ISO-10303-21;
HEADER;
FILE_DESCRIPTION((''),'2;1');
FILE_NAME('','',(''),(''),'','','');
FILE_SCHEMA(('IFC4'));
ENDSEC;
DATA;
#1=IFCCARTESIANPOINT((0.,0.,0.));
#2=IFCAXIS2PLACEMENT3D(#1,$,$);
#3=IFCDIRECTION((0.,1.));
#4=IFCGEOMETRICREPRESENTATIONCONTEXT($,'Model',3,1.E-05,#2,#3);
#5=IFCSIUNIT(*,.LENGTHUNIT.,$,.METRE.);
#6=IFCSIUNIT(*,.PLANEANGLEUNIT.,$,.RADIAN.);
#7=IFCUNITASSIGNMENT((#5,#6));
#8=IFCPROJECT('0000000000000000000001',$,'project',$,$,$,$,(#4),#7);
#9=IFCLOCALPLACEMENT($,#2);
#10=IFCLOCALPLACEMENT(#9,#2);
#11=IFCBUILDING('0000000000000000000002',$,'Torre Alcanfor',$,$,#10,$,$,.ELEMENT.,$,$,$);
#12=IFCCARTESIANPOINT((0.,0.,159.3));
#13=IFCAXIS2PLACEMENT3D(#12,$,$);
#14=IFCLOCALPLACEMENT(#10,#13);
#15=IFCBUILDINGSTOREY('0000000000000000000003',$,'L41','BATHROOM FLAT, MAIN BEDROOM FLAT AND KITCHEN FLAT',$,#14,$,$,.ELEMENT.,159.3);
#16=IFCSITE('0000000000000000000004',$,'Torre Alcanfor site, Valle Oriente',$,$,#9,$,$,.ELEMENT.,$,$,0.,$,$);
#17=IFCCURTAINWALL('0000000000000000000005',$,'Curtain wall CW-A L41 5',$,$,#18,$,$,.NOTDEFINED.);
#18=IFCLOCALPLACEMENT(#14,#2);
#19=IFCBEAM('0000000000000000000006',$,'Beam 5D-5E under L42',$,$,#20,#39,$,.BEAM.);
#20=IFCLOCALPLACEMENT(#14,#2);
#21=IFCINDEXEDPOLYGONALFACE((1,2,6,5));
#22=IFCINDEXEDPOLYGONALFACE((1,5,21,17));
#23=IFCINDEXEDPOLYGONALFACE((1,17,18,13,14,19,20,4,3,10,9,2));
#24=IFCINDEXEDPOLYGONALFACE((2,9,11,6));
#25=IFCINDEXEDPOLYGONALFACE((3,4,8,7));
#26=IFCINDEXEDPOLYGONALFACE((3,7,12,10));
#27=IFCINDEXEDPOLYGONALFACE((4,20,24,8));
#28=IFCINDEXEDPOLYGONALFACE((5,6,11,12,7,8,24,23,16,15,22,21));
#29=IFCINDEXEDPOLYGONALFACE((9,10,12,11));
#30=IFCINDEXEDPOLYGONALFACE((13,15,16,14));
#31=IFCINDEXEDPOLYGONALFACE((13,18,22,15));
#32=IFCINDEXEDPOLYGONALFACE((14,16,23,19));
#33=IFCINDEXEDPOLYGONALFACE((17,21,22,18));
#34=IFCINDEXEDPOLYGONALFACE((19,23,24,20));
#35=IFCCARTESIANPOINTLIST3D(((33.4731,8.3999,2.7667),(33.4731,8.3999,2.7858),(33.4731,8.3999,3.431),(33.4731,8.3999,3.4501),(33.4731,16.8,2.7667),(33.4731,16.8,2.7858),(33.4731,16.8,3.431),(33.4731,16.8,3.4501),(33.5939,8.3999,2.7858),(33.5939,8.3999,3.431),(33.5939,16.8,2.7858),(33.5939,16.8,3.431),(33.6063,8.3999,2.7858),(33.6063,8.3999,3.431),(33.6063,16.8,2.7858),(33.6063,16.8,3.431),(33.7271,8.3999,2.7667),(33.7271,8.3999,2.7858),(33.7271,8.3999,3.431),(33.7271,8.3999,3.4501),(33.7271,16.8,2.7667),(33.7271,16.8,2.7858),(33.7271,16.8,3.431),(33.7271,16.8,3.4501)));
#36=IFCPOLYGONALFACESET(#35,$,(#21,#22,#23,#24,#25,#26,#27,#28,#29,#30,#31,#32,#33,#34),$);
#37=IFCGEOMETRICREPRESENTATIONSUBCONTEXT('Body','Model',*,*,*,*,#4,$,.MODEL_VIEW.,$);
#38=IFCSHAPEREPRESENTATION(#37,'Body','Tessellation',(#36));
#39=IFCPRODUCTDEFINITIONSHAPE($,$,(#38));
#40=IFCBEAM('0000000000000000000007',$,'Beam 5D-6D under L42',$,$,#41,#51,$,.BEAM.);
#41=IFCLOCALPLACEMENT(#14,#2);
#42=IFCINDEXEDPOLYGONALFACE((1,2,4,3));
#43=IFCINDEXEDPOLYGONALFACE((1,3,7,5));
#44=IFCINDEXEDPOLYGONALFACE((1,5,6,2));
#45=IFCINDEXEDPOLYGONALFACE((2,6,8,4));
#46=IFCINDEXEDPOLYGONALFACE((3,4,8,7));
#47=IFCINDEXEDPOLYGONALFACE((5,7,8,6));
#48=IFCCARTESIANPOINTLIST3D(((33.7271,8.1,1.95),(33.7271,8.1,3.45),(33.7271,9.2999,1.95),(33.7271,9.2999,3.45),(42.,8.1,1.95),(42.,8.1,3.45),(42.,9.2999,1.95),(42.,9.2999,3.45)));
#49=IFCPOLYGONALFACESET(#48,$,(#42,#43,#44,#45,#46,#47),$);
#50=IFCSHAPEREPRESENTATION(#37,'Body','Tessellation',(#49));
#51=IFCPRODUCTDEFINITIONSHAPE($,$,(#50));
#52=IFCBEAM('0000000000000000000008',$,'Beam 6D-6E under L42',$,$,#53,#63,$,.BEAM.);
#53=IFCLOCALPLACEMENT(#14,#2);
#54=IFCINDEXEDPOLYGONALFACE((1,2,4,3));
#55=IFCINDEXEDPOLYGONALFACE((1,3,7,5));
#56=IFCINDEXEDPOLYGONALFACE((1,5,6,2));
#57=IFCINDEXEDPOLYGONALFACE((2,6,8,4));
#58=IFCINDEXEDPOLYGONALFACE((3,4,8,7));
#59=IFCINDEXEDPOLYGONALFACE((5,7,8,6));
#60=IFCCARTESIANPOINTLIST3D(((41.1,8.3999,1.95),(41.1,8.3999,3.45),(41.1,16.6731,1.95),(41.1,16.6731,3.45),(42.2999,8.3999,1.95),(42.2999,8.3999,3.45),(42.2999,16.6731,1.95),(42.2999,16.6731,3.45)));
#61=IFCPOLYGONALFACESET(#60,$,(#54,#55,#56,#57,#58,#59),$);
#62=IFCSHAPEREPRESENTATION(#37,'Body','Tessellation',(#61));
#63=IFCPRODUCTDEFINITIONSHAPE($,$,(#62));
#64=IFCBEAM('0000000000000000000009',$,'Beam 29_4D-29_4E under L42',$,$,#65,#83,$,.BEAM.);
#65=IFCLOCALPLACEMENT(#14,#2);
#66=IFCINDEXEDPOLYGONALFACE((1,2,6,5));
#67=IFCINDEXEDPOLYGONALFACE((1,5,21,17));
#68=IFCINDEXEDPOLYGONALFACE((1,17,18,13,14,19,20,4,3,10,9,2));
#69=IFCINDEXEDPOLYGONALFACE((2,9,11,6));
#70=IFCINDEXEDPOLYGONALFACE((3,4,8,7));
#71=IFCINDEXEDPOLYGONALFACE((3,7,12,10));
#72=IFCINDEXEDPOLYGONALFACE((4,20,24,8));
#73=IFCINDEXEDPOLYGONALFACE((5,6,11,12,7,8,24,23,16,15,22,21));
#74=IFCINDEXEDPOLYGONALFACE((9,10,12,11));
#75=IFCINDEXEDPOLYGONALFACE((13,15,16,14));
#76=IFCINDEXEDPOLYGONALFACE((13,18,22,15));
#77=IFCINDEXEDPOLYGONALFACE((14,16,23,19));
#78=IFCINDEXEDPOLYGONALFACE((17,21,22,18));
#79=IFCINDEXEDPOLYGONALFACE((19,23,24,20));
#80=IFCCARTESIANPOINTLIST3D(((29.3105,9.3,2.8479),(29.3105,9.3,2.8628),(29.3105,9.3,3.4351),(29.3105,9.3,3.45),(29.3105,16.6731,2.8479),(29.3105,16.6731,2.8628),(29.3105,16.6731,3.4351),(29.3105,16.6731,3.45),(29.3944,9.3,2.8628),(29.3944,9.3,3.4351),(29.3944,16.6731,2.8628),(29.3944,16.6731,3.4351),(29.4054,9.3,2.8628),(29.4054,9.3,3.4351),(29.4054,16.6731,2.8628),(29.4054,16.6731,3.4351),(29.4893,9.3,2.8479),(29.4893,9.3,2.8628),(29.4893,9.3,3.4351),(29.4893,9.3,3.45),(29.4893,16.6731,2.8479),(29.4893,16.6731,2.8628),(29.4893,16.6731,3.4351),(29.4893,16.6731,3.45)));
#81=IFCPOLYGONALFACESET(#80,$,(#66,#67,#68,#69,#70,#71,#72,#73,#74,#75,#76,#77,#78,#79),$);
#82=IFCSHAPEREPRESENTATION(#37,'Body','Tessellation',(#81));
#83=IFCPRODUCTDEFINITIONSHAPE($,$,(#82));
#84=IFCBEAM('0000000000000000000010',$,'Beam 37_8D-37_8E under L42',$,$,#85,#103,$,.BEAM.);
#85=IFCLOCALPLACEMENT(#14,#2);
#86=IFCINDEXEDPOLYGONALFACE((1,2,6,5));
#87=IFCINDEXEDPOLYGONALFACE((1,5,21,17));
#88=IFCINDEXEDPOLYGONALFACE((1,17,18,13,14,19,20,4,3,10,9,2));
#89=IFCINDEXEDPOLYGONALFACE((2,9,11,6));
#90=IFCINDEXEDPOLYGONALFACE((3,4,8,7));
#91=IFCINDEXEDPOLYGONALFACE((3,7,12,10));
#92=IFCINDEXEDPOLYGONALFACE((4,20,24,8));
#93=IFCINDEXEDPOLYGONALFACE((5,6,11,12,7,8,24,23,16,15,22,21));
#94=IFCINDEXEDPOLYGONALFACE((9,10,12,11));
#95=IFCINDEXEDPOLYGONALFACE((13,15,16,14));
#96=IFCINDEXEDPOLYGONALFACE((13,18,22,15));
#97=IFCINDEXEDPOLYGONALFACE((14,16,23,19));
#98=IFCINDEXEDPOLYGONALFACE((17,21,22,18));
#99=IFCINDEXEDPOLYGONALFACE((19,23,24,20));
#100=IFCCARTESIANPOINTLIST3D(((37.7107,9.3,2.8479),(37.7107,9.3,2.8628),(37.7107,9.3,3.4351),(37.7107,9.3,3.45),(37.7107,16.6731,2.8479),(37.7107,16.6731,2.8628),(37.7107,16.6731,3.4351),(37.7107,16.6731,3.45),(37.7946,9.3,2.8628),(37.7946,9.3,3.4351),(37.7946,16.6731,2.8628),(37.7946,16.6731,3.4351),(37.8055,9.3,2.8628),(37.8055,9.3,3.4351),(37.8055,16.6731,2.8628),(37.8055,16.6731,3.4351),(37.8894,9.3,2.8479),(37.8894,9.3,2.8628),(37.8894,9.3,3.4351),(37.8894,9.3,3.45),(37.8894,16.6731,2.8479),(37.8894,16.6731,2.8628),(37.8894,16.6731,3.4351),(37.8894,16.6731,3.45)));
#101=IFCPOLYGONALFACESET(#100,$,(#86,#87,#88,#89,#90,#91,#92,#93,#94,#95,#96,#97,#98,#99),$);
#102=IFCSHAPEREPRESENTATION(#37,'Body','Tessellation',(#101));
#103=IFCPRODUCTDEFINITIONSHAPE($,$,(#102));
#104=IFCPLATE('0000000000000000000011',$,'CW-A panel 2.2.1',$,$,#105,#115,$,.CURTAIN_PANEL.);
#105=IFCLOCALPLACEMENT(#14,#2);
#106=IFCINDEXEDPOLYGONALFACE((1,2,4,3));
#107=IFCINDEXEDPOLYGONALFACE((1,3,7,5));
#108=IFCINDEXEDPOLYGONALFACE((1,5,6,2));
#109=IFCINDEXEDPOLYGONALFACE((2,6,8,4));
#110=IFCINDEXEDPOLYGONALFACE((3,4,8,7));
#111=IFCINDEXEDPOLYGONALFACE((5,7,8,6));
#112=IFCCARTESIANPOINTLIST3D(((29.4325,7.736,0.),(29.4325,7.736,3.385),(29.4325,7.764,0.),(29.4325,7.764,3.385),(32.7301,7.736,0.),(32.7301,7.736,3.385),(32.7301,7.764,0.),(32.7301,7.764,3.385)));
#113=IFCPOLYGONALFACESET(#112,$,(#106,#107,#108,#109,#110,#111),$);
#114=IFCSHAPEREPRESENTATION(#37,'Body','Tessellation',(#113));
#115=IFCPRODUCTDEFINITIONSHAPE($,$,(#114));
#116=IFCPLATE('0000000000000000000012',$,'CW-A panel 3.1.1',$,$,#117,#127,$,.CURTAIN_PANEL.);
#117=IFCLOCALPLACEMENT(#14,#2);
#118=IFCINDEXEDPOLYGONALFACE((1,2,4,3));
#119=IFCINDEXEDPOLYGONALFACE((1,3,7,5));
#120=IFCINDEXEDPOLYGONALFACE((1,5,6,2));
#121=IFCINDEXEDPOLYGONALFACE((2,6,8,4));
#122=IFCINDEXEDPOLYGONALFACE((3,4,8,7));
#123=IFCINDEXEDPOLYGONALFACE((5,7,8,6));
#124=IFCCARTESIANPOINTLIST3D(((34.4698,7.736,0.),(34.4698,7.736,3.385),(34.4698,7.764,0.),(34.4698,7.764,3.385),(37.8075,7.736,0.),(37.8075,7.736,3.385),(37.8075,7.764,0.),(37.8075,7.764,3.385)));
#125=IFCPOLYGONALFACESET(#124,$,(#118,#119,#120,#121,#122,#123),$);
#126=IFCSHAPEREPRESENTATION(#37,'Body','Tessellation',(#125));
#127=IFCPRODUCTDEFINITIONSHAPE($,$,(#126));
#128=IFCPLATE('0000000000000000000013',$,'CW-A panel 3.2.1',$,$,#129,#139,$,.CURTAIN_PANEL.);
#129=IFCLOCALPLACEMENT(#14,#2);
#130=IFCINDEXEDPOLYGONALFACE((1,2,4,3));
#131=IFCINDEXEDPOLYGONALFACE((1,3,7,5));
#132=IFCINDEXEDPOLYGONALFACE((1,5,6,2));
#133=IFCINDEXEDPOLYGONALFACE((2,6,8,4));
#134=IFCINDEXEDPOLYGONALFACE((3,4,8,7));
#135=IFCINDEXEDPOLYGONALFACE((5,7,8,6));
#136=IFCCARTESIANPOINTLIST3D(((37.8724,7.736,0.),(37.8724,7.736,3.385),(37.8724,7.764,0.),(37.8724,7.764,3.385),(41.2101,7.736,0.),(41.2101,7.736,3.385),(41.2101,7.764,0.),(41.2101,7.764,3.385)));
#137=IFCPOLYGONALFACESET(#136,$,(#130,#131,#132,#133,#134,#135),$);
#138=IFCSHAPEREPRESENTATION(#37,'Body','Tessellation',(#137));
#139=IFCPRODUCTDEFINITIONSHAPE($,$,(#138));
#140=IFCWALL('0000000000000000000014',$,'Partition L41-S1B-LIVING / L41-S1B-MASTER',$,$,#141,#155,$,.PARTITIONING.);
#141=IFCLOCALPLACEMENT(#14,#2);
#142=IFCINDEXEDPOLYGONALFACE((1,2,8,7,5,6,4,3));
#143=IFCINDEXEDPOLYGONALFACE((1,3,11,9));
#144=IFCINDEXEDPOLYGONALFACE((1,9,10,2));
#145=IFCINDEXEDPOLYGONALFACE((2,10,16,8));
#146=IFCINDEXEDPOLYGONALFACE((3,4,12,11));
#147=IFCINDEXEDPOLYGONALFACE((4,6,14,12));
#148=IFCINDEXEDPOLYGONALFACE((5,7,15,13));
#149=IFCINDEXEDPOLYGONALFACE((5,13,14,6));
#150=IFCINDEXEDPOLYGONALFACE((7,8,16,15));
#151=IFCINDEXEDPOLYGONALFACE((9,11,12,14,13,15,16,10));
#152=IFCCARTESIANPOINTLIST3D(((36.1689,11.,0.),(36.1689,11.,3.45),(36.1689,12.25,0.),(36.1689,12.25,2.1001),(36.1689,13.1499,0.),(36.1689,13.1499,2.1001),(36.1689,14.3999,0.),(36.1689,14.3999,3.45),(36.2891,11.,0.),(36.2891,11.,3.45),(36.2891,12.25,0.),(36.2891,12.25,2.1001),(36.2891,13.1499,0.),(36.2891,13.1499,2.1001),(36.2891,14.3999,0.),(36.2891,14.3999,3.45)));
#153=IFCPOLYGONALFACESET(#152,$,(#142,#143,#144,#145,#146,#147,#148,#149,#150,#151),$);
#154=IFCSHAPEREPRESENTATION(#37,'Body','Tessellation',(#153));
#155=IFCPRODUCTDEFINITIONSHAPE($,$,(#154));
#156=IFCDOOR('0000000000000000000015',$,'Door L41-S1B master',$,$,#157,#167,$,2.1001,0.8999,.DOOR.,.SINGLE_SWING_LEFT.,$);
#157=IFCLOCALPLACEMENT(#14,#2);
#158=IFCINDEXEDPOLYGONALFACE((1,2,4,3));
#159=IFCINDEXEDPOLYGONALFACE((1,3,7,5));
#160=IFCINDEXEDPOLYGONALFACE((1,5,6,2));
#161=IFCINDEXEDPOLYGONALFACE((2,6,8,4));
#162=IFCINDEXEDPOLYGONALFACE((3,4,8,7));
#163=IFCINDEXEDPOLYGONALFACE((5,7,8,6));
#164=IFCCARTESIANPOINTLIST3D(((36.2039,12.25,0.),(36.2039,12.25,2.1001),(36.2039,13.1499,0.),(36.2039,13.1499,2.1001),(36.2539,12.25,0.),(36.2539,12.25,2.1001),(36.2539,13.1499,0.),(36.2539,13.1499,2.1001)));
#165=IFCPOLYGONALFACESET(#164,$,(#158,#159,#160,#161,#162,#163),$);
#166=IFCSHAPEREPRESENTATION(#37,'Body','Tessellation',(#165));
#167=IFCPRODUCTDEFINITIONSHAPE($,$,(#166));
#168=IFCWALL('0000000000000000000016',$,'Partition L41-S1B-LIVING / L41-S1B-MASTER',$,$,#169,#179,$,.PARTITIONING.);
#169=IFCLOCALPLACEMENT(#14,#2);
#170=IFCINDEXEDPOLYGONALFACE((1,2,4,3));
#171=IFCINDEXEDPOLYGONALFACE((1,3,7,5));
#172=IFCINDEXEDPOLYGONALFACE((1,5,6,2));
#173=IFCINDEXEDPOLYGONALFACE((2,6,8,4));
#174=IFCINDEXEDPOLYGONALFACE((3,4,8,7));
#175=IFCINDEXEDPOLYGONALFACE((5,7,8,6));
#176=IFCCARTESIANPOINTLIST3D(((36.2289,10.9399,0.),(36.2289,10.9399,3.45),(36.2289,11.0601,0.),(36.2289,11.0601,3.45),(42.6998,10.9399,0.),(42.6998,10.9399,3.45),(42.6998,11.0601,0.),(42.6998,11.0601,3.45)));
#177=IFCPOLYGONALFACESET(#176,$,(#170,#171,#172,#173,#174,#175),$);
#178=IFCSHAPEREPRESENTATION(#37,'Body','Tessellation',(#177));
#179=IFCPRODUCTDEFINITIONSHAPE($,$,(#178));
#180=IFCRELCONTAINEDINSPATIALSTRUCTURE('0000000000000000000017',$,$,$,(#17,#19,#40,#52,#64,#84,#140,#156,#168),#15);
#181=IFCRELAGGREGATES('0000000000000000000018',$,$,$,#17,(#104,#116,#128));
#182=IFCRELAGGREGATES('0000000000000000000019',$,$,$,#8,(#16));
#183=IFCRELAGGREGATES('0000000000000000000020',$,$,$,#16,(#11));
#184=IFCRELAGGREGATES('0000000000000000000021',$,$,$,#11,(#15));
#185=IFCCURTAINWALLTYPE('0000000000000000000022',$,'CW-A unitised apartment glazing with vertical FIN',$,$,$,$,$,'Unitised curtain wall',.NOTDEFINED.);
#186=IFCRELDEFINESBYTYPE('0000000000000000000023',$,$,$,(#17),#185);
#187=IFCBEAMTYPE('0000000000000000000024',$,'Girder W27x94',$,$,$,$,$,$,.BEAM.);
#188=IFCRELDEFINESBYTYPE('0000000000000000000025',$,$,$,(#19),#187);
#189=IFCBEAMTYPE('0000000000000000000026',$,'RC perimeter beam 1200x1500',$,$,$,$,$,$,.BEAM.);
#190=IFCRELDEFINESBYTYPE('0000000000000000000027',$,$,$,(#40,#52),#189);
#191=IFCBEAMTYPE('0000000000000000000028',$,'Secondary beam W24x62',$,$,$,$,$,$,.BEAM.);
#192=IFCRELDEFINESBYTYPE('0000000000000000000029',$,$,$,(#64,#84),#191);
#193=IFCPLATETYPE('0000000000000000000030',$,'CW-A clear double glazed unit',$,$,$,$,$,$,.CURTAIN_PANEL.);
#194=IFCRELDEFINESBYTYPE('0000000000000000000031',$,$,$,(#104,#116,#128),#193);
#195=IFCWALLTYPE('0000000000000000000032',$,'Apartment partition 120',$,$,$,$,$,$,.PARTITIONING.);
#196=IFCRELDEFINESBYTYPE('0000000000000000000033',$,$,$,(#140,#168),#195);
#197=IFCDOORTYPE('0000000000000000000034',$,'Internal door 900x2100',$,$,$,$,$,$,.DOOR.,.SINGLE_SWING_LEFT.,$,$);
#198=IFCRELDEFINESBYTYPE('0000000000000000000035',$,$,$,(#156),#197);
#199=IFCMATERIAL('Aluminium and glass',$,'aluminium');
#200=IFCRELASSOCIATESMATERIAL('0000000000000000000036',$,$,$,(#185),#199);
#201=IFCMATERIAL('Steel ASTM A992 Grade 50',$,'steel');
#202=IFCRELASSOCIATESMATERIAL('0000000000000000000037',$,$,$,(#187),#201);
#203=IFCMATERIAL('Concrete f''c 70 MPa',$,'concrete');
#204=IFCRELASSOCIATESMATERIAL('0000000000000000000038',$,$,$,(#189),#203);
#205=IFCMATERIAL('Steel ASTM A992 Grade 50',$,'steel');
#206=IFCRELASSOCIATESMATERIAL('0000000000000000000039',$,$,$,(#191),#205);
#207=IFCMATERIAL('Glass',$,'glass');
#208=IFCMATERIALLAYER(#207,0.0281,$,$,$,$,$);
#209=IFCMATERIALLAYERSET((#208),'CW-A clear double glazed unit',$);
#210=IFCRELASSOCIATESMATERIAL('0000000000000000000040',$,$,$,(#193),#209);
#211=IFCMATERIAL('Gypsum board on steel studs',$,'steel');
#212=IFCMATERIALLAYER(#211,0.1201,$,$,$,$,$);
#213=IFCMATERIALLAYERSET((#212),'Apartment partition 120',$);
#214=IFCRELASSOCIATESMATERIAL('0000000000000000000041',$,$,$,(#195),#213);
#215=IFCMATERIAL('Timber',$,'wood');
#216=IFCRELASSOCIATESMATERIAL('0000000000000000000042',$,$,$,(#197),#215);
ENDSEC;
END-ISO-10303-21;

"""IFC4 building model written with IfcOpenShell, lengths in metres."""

from ifc_helpers import new_model, si_unit, direction, frame, frame_2d, origin, origin_2d, place, context, subcontext, project, spatial, rectangle, i_section, extrude, material, layer, layer_set, material_profile, profile_set, type_object, element, fill, aggregate, save


model = new_model("IFC4")

# Units and contexts
model_context = context("Model", 3, precision=1e-05, world=origin(), true_north=direction((0.0, 1.0)))
body_context = subcontext(model_context, "Body", "Model", "MODEL_VIEW")
ifc_project = project(units=[si_unit("LENGTHUNIT", "METRE"), si_unit("PLANEANGLEUNIT", "RADIAN")], contexts=[model_context])

# Site, building, storey
site_placement = place(None, origin())
site = spatial("IfcSite", under=ifc_project, at=site_placement, Name="Torre Alcanfor site, Valle Oriente", CompositionType="ELEMENT", RefElevation=0.0)
building_placement = place(site_placement, origin())
building = spatial("IfcBuilding", under=site, at=building_placement, Name="Torre Alcanfor", CompositionType="ELEMENT")
storey_placement = place(building_placement, frame((0.0, 0.0, 159.3)))
storey = spatial("IfcBuildingStorey", under=building, at=storey_placement, Name="L41", Description="BATHROOM FLAT, MAIN BEDROOM FLAT AND KITCHEN FLAT", CompositionType="ELEMENT", Elevation=159.3)

# Curtain wall
ifc_material_1 = material(Name="Aluminium and glass", Category="aluminium")
curtain_wall_type = type_object("IfcCurtainWallType", Name="CW-A unitised apartment glazing with vertical FIN", ElementType="Unitised curtain wall", PredefinedType="NOTDEFINED", material=ifc_material_1)
curtain_wall_placement = place(storey_placement, origin())
curtain_wall = element("IfcCurtainWall", 1, at=curtain_wall_placement, inside=storey, type_object=curtain_wall_type, Name="Curtain wall CW-A L41 5", PredefinedType="NOTDEFINED")

# Beams
ifc_material_2 = material(Name="Steel ASTM A992 Grade 50", Category="steel")
ifc_material_profile_1 = material_profile(ifc_material_2, i_section(OverallWidth=0.2539, OverallDepth=0.6833, WebThickness=0.0125, FlangeThickness=0.019, at=origin_2d()), Name="W27x94")
ifc_profile_set_1 = profile_set([ifc_material_profile_1], Name="Steel ASTM A992 Grade 50")
beam_type_1 = type_object("IfcBeamType", Name="Girder W27x94", PredefinedType="BEAM", material=ifc_profile_set_1)
beam_1_placement = place(storey_placement, frame((33.6001, 8.3999, 3.1084), z_axis=(0.0, 1.0, 0.0), x_axis=(-1.0, 0.0, 0.0)))
element("IfcBeam", 2, at=beam_1_placement, inside=storey, type_object=beam_type_1, Name="Beam 5D-5E under L42", PredefinedType="BEAM", context=body_context, shape_type="SweptSolid", body=[
    extrude(i_section(OverallWidth=0.2539, OverallDepth=0.6833, WebThickness=0.0125, FlangeThickness=0.019, at=origin_2d()), origin(), (0.0, 0.0, 1.0), 8.4001),
])
ifc_material_3 = material(Name="Concrete f'c 70 MPa", Category="concrete")
ifc_material_profile_2 = material_profile(ifc_material_3, rectangle(XDim=1.2, YDim=1.5, at=origin_2d()), Name="1200x1500")
ifc_profile_set_2 = profile_set([ifc_material_profile_2], Name="Concrete f'c 70 MPa")
beam_type_2 = type_object("IfcBeamType", Name="RC perimeter beam 1200x1500", PredefinedType="BEAM", material=ifc_profile_set_2)
beam_2_placement = place(storey_placement, frame((33.7271, 8.7, 2.7), z_axis=(1.0, 0.0, 0.0), x_axis=(0.0, 1.0, 0.0)))
element("IfcBeam", 3, at=beam_2_placement, inside=storey, type_object=beam_type_2, Name="Beam 5D-6D under L42", PredefinedType="BEAM", context=body_context, shape_type="SweptSolid", body=[
    extrude(rectangle(XDim=1.2, YDim=1.5, at=origin_2d()), origin(), (0.0, 0.0, 1.0), 8.2729),
])
beam_3_placement = place(storey_placement, frame((41.7, 8.3999, 2.7), z_axis=(0.0, 1.0, 0.0), x_axis=(-1.0, 0.0, 0.0)))
element("IfcBeam", 4, at=beam_3_placement, inside=storey, type_object=beam_type_2, Name="Beam 6D-6E under L42", PredefinedType="BEAM", context=body_context, shape_type="SweptSolid", body=[
    extrude(rectangle(XDim=1.2, YDim=1.5, at=origin_2d()), origin(), (0.0, 0.0, 1.0), 8.2732),
])
ifc_material_4 = material(Name="Steel ASTM A992 Grade 50", Category="steel")
ifc_material_profile_3 = material_profile(ifc_material_4, i_section(OverallWidth=0.1787, OverallDepth=0.6021, WebThickness=0.011, FlangeThickness=0.0149, at=origin_2d()), Name="W24x62")
ifc_profile_set_3 = profile_set([ifc_material_profile_3], Name="Steel ASTM A992 Grade 50")
beam_type_3 = type_object("IfcBeamType", Name="Secondary beam W24x62", PredefinedType="BEAM", material=ifc_profile_set_3)
for number, where, z_axis, x_axis, name in (
    (5, (29.3999, 9.3, 3.1489), (0.0, 1.0, 0.0), (-1.0, 0.0, 0.0), "Beam 29_4D-29_4E under L42"),
    (6, (37.8, 9.3, 3.1489), (0.0, 1.0, 0.0), (-1.0, 0.0, 0.0), "Beam 37_8D-37_8E under L42"),
):
    element("IfcBeam", number, at=place(storey_placement, frame(where, z_axis=z_axis, x_axis=x_axis)), inside=storey, type_object=beam_type_3, Name=name, PredefinedType="BEAM", context=body_context, shape_type="SweptSolid", body=[
        extrude(i_section(OverallWidth=0.1787, OverallDepth=0.6021, WebThickness=0.011, FlangeThickness=0.0149, at=origin_2d()), origin(), (0.0, 0.0, 1.0), 7.373),
    ])

# Plates
ifc_material_5 = material(Name="Glass", Category="glass")
ifc_layer_1 = layer(ifc_material_5, 0.0281)
ifc_layer_set_1 = layer_set([ifc_layer_1], Name="CW-A clear double glazed unit")
plate_type = type_object("IfcPlateType", Name="CW-A clear double glazed unit", PredefinedType="CURTAIN_PANEL", material=ifc_layer_set_1)
plate_1_placement = place(storey_placement, frame((31.0813, 7.75, 0.0), z_axis=(0.0, 0.0, 1.0), x_axis=(1.0, 0.0, 0.0)))
plate_1 = element("IfcPlate", 7, at=plate_1_placement, type_object=plate_type, Name="CW-A panel 2.2.1", PredefinedType="CURTAIN_PANEL", context=body_context, shape_type="SweptSolid", body=[
    extrude(rectangle(XDim=3.2976, YDim=0.0281, at=origin_2d()), origin(), (0.0, 0.0, 1.0), 3.385),
])
plate_2_placement = place(storey_placement, frame((36.1387, 7.75, 0.0), z_axis=(0.0, 0.0, 1.0), x_axis=(1.0, 0.0, 0.0)))
plate_2 = element("IfcPlate", 8, at=plate_2_placement, type_object=plate_type, Name="CW-A panel 3.1.1", PredefinedType="CURTAIN_PANEL", context=body_context, shape_type="SweptSolid", body=[
    extrude(rectangle(XDim=3.3376, YDim=0.0281, at=origin_2d()), origin(), (0.0, 0.0, 1.0), 3.385),
])
plate_3_placement = place(storey_placement, frame((39.5413, 7.75, 0.0), z_axis=(0.0, 0.0, 1.0), x_axis=(1.0, 0.0, 0.0)))
plate_3 = element("IfcPlate", 9, at=plate_3_placement, type_object=plate_type, Name="CW-A panel 3.2.1", PredefinedType="CURTAIN_PANEL", context=body_context, shape_type="SweptSolid", body=[
    extrude(rectangle(XDim=3.3376, YDim=0.0281, at=origin_2d()), origin(), (0.0, 0.0, 1.0), 3.385),
])
aggregate(curtain_wall, [plate_1, plate_2, plate_3])

# Wall, opening, door
ifc_material_6 = material(Name="Gypsum board on steel studs", Category="steel")
ifc_layer_2 = layer(ifc_material_6, 0.1201)
ifc_layer_set_2 = layer_set([ifc_layer_2], Name="Apartment partition 120")
wall_type_1 = type_object("IfcWallType", Name="Apartment partition 120", PredefinedType="PARTITIONING", material=ifc_layer_set_2)
wall_1_placement = place(storey_placement, frame((36.229, 14.3999, 0.0), z_axis=(0.0, 0.0, 1.0), x_axis=(0.0, -1.0, 0.0)))
wall_1 = element("IfcWall", 10, at=wall_1_placement, inside=storey, type_object=wall_type_1, Name="Partition L41-S1B-LIVING / L41-S1B-MASTER", PredefinedType="PARTITIONING", context=body_context, shape_type="SweptSolid", body=[
    extrude(rectangle(XDim=3.3999, YDim=0.1201, at=frame_2d((1.7, 0.0))), origin(), (0.0, 0.0, 1.0), 3.45),
])
opening_placement = place(wall_1_placement, frame((1.25, 0.0, 0.0)))
opening = element("IfcOpeningElement", 11, at=opening_placement, cuts=wall_1, PredefinedType="OPENING", context=body_context, shape_type="SweptSolid", body=[
    extrude(rectangle(XDim=0.8999, YDim=2.1001, at=frame_2d((0.45, 1.05))), frame((0.0, 0.0701, 0.0), z_axis=(0.0, -1.0, 0.0), x_axis=(1.0, 0.0, 0.0)), (0.0, 0.0, 1.0), 0.1401),
])
ifc_material_7 = material(Name="Timber", Category="wood")
door_type = type_object("IfcDoorType", Name="Internal door 900x2100", OperationType="SINGLE_SWING_LEFT", PredefinedType="DOOR", material=ifc_material_7)
door_placement = place(opening_placement, origin())
door = element("IfcDoor", 12, at=door_placement, inside=storey, type_object=door_type, Name="Door L41-S1B master", OperationType="SINGLE_SWING_LEFT", OverallHeight=2.1001, OverallWidth=0.8999, PredefinedType="DOOR", context=body_context, shape_type="SweptSolid", body=[
    extrude(rectangle(XDim=0.8999, YDim=2.1001, at=frame_2d((0.45, 1.05))), frame((0.0, 0.0249, 0.0), z_axis=(0.0, -1.0, 0.0), x_axis=(1.0, 0.0, 0.0)), (0.0, 0.0, 1.0), 0.05),
])
fill(opening, door)

# Wall
wall_2_placement = place(storey_placement, frame((36.229, 11.0, 0.0), z_axis=(0.0, 0.0, 1.0), x_axis=(1.0, 0.0, 0.0)))
element("IfcWall", 13, at=wall_2_placement, inside=storey, type_object=wall_type_1, Name="Partition L41-S1B-LIVING / L41-S1B-MASTER", PredefinedType="PARTITIONING", context=body_context, shape_type="SweptSolid", body=[
    extrude(rectangle(XDim=6.4709, YDim=0.1201, at=frame_2d((3.2354, 0.0))), origin(), (0.0, 0.0, 1.0), 3.45),
])

save(model, "model.ifc")
